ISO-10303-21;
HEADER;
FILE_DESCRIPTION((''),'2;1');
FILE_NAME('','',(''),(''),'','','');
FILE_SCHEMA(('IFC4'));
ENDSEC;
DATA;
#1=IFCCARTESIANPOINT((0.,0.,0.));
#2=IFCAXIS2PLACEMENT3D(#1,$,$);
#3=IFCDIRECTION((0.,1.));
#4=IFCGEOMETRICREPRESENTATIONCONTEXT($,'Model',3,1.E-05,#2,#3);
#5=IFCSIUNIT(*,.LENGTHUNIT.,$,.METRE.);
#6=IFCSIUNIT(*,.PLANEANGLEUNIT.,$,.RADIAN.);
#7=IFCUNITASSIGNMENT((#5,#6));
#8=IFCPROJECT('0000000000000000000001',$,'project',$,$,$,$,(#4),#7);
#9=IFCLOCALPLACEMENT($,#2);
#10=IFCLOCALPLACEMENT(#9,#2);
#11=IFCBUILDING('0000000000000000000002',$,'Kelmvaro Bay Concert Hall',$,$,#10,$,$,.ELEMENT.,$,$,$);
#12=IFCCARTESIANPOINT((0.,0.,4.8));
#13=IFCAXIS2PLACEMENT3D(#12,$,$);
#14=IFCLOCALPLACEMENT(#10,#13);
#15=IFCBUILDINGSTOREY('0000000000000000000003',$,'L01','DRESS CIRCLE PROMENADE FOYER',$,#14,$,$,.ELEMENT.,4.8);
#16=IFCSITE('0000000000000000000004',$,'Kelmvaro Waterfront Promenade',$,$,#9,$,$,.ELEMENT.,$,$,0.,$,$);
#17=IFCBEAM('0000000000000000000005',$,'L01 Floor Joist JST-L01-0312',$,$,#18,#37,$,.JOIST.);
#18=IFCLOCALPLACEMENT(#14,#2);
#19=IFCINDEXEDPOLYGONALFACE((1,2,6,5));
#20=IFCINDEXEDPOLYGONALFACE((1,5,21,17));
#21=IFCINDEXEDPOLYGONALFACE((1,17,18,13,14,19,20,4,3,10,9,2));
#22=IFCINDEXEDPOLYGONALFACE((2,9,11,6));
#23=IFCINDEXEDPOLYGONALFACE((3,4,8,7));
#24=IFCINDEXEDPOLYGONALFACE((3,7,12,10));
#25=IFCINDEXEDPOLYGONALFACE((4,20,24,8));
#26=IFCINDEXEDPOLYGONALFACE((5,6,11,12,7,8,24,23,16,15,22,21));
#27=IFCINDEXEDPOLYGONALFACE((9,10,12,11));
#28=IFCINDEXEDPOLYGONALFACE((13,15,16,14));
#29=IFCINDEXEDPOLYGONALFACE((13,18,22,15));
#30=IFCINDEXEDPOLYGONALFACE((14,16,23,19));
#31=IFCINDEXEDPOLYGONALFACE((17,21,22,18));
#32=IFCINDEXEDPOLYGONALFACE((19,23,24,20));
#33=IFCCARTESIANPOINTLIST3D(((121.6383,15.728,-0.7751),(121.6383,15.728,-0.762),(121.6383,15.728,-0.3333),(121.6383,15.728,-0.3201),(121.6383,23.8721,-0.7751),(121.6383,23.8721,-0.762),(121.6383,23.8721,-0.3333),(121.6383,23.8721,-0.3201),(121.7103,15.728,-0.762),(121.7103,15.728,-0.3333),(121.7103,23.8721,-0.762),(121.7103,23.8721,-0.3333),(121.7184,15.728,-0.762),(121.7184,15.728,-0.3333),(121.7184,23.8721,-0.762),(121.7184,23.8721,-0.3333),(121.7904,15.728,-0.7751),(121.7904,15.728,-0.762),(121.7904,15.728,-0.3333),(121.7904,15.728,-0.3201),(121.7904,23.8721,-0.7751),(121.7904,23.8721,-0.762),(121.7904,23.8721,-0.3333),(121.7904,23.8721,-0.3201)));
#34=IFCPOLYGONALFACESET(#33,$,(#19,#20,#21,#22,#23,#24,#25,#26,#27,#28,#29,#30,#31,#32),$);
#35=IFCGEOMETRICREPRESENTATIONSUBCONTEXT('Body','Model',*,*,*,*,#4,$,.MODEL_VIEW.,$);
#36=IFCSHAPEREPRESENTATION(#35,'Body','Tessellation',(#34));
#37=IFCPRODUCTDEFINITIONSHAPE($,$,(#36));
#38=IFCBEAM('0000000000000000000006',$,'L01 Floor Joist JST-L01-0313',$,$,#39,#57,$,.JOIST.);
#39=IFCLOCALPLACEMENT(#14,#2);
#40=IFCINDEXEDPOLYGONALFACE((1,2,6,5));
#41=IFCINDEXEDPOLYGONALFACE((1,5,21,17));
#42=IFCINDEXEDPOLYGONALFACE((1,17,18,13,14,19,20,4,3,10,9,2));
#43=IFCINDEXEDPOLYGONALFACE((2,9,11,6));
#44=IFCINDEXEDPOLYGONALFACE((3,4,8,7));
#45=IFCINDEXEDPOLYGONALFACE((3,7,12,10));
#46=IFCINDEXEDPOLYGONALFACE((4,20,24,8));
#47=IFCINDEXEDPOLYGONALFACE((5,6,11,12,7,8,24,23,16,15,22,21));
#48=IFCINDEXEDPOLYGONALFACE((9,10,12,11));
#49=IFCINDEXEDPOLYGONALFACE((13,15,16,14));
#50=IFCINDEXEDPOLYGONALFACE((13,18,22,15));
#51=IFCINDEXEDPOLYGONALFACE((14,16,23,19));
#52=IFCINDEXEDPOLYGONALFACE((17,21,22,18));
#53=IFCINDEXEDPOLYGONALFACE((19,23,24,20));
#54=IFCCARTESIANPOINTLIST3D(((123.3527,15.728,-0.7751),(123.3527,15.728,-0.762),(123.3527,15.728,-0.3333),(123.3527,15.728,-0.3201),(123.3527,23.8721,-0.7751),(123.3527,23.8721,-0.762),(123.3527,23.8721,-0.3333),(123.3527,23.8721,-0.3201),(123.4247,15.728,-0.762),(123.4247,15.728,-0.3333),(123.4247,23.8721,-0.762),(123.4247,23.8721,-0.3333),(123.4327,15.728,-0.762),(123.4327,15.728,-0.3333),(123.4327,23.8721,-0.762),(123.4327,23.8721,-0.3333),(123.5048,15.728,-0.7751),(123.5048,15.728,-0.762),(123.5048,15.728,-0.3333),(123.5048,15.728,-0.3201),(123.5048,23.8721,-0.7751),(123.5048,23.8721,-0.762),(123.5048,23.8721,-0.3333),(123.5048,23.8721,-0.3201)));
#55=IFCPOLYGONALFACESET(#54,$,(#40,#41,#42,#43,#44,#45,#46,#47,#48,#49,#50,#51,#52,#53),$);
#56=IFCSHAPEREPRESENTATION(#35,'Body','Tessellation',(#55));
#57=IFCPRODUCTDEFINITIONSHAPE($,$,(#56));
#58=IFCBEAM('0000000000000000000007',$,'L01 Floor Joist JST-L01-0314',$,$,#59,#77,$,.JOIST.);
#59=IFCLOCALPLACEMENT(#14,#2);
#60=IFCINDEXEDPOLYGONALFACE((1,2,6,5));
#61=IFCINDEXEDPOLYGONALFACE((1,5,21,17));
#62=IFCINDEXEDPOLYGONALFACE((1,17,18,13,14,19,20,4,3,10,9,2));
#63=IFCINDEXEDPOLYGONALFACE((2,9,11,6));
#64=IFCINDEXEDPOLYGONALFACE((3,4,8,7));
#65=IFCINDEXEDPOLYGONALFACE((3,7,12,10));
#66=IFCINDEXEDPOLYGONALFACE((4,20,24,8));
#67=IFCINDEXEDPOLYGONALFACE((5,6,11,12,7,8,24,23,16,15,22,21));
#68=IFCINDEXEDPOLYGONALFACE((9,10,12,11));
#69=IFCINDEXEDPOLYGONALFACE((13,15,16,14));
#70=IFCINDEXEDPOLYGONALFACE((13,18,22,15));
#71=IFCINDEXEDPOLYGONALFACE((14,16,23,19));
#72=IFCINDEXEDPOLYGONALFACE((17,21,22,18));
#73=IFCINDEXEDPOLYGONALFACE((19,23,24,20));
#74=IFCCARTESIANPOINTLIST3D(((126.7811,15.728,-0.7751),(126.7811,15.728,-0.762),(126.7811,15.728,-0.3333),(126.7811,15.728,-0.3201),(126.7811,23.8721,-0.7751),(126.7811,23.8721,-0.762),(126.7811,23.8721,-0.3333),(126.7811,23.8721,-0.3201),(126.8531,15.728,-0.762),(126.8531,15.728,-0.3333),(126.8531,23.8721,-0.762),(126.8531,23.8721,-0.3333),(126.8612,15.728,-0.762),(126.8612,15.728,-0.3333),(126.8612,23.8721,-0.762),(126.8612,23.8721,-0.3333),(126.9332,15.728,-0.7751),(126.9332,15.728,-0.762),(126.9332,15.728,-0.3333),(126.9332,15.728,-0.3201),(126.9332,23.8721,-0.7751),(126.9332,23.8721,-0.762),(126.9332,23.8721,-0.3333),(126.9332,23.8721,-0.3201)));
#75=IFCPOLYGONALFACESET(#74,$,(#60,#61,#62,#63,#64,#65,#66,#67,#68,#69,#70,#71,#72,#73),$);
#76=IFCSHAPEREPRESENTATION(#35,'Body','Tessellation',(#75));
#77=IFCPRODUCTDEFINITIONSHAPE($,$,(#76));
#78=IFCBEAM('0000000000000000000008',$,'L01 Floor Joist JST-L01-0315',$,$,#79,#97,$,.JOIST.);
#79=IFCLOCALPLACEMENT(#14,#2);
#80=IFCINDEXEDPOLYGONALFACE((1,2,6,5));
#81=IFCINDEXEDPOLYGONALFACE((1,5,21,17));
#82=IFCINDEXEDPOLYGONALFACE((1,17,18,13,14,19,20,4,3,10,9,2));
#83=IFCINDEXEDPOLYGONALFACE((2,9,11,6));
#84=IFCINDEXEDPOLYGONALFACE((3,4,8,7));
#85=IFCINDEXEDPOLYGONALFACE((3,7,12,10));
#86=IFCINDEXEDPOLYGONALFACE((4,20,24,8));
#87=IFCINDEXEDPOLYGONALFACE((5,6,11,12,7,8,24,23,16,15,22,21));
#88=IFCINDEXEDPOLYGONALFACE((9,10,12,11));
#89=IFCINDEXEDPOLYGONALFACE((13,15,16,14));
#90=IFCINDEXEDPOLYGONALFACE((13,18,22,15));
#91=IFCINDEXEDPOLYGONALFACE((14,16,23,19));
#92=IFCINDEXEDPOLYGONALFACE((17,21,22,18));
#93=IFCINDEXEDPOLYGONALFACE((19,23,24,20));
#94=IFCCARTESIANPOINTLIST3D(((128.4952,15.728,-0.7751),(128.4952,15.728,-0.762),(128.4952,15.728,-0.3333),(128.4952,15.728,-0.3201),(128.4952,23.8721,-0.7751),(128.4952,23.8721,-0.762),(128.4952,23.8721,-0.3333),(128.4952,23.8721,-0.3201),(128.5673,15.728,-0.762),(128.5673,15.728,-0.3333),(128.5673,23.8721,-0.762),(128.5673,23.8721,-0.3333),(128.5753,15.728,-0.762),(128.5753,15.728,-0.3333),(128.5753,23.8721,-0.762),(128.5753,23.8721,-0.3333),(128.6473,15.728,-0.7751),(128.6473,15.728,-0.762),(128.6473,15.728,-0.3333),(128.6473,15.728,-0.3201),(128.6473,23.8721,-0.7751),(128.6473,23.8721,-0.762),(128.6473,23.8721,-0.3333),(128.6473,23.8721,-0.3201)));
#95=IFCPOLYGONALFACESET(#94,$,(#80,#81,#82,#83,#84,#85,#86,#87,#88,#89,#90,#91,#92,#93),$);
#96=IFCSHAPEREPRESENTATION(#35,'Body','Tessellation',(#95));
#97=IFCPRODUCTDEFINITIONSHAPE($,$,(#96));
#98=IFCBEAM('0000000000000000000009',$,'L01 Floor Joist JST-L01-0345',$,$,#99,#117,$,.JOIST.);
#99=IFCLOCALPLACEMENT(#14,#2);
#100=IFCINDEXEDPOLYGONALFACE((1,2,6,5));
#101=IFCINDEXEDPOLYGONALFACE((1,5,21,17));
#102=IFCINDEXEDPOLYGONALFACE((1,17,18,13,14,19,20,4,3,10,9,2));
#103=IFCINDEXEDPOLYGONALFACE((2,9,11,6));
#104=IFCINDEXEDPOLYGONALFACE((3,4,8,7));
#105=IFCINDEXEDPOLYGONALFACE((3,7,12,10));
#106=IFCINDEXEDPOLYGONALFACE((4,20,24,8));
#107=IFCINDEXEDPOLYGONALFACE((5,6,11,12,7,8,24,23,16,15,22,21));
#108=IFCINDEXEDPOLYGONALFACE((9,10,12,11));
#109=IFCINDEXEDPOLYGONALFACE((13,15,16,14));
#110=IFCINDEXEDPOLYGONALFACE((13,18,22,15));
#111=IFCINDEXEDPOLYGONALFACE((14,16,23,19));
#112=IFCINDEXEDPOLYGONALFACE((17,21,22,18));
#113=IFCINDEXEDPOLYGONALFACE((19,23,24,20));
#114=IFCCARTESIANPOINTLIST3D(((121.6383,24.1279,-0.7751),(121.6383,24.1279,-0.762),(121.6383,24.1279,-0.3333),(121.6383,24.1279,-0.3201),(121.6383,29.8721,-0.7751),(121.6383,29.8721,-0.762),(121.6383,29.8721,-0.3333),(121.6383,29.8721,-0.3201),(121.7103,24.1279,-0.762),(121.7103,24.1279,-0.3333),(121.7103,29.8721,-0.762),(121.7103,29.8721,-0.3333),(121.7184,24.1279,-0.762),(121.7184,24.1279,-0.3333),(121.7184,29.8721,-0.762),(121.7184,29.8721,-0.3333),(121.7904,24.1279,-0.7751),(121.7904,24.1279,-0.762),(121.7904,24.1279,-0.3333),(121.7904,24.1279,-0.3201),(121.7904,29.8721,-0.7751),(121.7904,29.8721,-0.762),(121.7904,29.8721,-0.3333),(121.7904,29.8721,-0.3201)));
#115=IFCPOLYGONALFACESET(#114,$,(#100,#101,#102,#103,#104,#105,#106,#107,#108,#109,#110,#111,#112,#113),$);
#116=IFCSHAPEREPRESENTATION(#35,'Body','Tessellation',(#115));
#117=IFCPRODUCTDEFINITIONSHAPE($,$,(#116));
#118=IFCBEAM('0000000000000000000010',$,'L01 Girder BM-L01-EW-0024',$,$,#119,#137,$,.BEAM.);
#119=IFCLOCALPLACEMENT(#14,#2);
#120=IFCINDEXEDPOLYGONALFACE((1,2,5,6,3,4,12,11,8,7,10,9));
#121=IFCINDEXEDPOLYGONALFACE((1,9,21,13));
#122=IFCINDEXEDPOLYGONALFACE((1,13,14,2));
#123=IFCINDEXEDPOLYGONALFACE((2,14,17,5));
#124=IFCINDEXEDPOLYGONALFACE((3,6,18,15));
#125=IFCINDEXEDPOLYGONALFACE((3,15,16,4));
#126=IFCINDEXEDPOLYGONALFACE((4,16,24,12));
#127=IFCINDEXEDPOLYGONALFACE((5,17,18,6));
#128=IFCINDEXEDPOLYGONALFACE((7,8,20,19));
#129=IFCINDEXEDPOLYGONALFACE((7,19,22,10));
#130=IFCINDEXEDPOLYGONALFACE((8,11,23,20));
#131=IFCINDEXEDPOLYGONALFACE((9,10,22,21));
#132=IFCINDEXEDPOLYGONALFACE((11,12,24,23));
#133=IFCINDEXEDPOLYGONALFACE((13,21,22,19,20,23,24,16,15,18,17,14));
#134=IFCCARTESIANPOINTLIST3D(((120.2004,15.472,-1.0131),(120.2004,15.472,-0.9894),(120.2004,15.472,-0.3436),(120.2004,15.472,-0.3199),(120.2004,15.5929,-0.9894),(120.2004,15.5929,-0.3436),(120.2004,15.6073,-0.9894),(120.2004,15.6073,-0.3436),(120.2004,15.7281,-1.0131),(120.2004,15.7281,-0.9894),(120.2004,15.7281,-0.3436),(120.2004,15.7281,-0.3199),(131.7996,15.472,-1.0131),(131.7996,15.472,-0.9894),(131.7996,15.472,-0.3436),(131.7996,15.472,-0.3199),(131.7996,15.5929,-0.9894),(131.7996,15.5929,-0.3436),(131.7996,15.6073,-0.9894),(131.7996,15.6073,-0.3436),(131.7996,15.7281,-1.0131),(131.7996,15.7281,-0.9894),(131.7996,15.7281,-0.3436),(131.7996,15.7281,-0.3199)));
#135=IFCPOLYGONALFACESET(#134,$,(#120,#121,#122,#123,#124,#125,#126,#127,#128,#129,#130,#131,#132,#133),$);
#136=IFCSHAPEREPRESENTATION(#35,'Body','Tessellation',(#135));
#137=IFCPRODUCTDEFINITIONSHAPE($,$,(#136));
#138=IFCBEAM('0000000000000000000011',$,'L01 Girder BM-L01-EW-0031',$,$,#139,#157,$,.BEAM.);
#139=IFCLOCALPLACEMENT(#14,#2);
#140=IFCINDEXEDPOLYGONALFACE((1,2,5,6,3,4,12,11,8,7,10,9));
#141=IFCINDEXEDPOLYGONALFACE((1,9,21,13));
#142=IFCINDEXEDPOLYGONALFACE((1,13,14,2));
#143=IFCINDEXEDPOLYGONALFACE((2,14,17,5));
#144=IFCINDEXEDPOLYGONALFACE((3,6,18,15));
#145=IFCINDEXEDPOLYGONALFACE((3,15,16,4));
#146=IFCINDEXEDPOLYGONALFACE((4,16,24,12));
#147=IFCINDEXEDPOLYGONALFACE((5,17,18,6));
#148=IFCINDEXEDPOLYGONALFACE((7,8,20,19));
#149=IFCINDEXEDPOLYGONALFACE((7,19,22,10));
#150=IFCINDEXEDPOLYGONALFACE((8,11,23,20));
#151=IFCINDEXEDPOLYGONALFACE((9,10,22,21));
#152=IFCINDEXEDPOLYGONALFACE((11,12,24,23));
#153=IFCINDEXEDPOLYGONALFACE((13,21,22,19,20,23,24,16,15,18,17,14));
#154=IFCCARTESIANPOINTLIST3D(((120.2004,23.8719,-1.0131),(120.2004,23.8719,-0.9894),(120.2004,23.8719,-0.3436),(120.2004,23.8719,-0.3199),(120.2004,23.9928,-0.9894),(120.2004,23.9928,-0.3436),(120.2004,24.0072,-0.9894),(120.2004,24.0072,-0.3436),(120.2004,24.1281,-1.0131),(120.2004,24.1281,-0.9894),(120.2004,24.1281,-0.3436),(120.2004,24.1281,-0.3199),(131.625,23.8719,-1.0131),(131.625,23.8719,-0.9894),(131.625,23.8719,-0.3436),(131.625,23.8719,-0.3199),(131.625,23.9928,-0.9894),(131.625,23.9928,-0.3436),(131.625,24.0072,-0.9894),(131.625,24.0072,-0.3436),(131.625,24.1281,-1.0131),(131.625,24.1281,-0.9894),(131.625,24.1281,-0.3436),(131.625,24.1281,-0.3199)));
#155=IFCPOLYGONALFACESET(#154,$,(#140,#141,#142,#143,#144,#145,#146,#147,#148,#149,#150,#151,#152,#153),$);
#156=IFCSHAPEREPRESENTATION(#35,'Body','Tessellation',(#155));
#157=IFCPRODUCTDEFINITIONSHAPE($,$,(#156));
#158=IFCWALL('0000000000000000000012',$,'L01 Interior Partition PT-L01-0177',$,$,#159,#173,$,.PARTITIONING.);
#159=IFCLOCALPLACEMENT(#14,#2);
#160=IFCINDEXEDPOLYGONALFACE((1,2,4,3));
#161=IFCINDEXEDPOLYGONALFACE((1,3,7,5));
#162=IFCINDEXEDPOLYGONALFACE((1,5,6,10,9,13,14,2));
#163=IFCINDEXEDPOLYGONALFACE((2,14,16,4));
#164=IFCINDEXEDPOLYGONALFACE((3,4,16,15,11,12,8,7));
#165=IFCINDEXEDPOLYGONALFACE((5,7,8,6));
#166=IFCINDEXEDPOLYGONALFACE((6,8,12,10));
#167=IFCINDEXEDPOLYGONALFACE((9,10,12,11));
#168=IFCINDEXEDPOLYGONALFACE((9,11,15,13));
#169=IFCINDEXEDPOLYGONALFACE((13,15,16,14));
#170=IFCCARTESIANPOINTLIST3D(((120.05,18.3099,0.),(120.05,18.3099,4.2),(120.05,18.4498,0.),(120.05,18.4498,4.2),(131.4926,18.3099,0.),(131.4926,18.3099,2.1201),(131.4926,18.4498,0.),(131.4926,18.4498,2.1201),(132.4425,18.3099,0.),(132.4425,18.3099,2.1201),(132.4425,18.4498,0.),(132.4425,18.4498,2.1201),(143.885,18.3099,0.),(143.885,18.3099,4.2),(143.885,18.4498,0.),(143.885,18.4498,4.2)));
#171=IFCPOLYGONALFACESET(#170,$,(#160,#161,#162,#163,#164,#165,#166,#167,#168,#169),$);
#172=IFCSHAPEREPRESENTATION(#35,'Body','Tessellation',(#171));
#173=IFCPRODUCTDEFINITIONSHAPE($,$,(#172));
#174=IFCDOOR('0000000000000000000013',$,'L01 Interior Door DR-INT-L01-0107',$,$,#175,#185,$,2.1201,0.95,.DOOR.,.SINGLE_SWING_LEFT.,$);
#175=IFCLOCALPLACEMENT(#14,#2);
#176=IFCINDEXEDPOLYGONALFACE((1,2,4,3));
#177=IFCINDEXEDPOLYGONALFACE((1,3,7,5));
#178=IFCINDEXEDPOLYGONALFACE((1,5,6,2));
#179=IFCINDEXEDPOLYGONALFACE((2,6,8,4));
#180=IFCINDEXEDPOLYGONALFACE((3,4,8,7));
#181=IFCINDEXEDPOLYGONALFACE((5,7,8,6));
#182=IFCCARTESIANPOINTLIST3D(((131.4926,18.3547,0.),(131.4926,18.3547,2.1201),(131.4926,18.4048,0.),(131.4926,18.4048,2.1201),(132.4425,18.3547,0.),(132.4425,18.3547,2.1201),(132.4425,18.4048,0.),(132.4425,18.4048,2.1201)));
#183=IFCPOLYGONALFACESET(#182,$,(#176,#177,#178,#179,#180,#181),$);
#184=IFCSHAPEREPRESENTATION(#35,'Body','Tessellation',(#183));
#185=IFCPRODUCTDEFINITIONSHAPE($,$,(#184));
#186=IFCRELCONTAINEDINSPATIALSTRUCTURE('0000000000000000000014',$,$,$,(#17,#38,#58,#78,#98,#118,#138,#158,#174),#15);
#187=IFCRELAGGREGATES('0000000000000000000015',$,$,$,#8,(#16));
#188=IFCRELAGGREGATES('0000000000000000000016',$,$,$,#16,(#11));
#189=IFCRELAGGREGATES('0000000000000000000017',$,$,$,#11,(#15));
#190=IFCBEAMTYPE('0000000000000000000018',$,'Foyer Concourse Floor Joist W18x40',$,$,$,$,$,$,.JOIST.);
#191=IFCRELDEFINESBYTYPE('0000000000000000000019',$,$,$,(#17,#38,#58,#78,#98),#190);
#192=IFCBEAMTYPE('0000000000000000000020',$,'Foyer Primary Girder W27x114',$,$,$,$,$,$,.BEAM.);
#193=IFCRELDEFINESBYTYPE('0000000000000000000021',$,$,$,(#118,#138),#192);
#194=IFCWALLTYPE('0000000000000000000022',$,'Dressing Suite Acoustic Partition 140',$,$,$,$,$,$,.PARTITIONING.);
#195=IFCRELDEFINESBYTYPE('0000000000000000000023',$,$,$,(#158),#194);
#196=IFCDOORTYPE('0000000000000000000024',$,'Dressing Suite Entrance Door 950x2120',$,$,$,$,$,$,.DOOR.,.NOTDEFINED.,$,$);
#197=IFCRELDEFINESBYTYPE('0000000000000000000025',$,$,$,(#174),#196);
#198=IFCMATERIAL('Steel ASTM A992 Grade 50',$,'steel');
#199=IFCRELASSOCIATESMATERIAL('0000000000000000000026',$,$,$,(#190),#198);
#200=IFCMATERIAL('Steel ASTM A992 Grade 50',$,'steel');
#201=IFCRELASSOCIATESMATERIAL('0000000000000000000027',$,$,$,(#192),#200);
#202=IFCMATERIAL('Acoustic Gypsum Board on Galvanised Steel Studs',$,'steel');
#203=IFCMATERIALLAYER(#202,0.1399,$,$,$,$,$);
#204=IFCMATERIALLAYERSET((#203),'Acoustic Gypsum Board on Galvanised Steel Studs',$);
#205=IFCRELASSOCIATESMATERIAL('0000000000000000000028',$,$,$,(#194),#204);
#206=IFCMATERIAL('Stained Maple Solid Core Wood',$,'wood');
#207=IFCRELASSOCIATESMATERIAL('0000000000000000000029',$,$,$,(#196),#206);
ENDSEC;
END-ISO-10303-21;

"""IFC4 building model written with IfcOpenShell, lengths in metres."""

from ifc_helpers import new_model, si_unit, direction, frame, frame_2d, origin, origin_2d, place, context, subcontext, project, spatial, rectangle, i_section, extrude, material, layer, layer_set, material_profile, profile_set, type_object, element, fill, save


model = new_model("IFC4")

# Units and contexts
model_context = context("Model", 3, precision=1e-05, world=origin(), true_north=direction((0.0, 1.0)))
body_context = subcontext(model_context, "Body", "Model", "MODEL_VIEW")
ifc_project = project(units=[si_unit("LENGTHUNIT", "METRE"), si_unit("PLANEANGLEUNIT", "RADIAN")], contexts=[model_context])

# Site, building, storey
site_placement = place(None, origin())
site = spatial("IfcSite", under=ifc_project, at=site_placement, Name="Kelmvaro Waterfront Promenade", CompositionType="ELEMENT", RefElevation=0.0)
building_placement = place(site_placement, origin())
building = spatial("IfcBuilding", under=site, at=building_placement, Name="Kelmvaro Bay Concert Hall", CompositionType="ELEMENT")
storey_placement = place(building_placement, frame((0.0, 0.0, 4.8)))
storey = spatial("IfcBuildingStorey", under=building, at=storey_placement, Name="L01", Description="DRESS CIRCLE PROMENADE FOYER", CompositionType="ELEMENT", Elevation=4.8)

# Beams
ifc_material_1 = material(Name="Steel ASTM A992 Grade 50", Category="steel")
ifc_material_profile_1 = material_profile(ifc_material_1, i_section(OverallWidth=0.1521, OverallDepth=0.4551, WebThickness=0.0081, FlangeThickness=0.0132, at=origin_2d()), Name="W18X40")
ifc_profile_set_1 = profile_set([ifc_material_profile_1], Name="Steel ASTM A992 Grade 50")
beam_type_1 = type_object("IfcBeamType", Name="Foyer Concourse Floor Joist W18x40", PredefinedType="JOIST", material=ifc_profile_set_1)
for number, where, z_axis, x_axis, name in (
    (1, (121.7144, 15.728, -0.5476), (0.0, 1.0, 0.0), (-1.0, 0.0, 0.0), "L01 Floor Joist JST-L01-0312"),
    (2, (123.4287, 15.728, -0.5476), (0.0, 1.0, 0.0), (-1.0, 0.0, 0.0), "L01 Floor Joist JST-L01-0313"),
    (3, (126.8572, 15.728, -0.5476), (0.0, 1.0, 0.0), (-1.0, 0.0, 0.0), "L01 Floor Joist JST-L01-0314"),
    (4, (128.5713, 15.728, -0.5476), (0.0, 1.0, 0.0), (-1.0, 0.0, 0.0), "L01 Floor Joist JST-L01-0315"),
):
    element("IfcBeam", number, at=place(storey_placement, frame(where, z_axis=z_axis, x_axis=x_axis)), inside=storey, type_object=beam_type_1, Name=name, PredefinedType="JOIST", context=body_context, shape_type="SweptSolid", body=[
        extrude(i_section(OverallWidth=0.1521, OverallDepth=0.4551, WebThickness=0.0081, FlangeThickness=0.0132, at=origin_2d()), origin(), (0.0, 0.0, 1.0), 8.144),
    ])
beam_1_placement = place(storey_placement, frame((121.7144, 24.1279, -0.5476), z_axis=(0.0, 1.0, 0.0), x_axis=(-1.0, 0.0, 0.0)))
element("IfcBeam", 5, at=beam_1_placement, inside=storey, type_object=beam_type_1, Name="L01 Floor Joist JST-L01-0345", PredefinedType="JOIST", context=body_context, shape_type="SweptSolid", body=[
    extrude(i_section(OverallWidth=0.1521, OverallDepth=0.4551, WebThickness=0.0081, FlangeThickness=0.0132, at=origin_2d()), origin(), (0.0, 0.0, 1.0), 5.7441),
])
ifc_material_2 = material(Name="Steel ASTM A992 Grade 50", Category="steel")
ifc_material_profile_2 = material_profile(ifc_material_2, i_section(OverallWidth=0.2561, OverallDepth=0.6931, WebThickness=0.0144, FlangeThickness=0.0237, at=origin_2d()), Name="W27X114")
ifc_profile_set_2 = profile_set([ifc_material_profile_2], Name="Steel ASTM A992 Grade 50")
beam_type_2 = type_object("IfcBeamType", Name="Foyer Primary Girder W27x114", PredefinedType="BEAM", material=ifc_profile_set_2)
beam_2_placement = place(storey_placement, frame((120.2004, 15.6001, -0.6665), z_axis=(1.0, 0.0, 0.0), x_axis=(0.0, 1.0, 0.0)))
element("IfcBeam", 6, at=beam_2_placement, inside=storey, type_object=beam_type_2, Name="L01 Girder BM-L01-EW-0024", PredefinedType="BEAM", context=body_context, shape_type="SweptSolid", body=[
    extrude(i_section(OverallWidth=0.2561, OverallDepth=0.6931, WebThickness=0.0144, FlangeThickness=0.0237, at=origin_2d()), origin(), (0.0, 0.0, 1.0), 11.5991),
])
beam_3_placement = place(storey_placement, frame((120.2004, 24.0, -0.6665), z_axis=(1.0, 0.0, 0.0), x_axis=(0.0, 1.0, 0.0)))
element("IfcBeam", 7, at=beam_3_placement, inside=storey, type_object=beam_type_2, Name="L01 Girder BM-L01-EW-0031", PredefinedType="BEAM", context=body_context, shape_type="SweptSolid", body=[
    extrude(i_section(OverallWidth=0.2561, OverallDepth=0.6931, WebThickness=0.0144, FlangeThickness=0.0237, at=origin_2d()), origin(), (0.0, 0.0, 1.0), 11.4246),
])

# Wall, opening, door
ifc_material_3 = material(Name="Acoustic Gypsum Board on Galvanised Steel Studs", Category="steel")
ifc_layer_1 = layer(ifc_material_3, 0.1399)
ifc_layer_set_1 = layer_set([ifc_layer_1], Name="Acoustic Gypsum Board on Galvanised Steel Studs")
wall_type_1 = type_object("IfcWallType", Name="Dressing Suite Acoustic Partition 140", PredefinedType="PARTITIONING", material=ifc_layer_set_1)
wall_1_placement = place(storey_placement, frame((120.05, 18.3799, 0.0), z_axis=(0.0, 0.0, 1.0), x_axis=(1.0, 0.0, 0.0)))
wall_1 = element("IfcWall", 8, at=wall_1_placement, inside=storey, type_object=wall_type_1, Name="L01 Interior Partition PT-L01-0177", PredefinedType="PARTITIONING", context=body_context, shape_type="SweptSolid", body=[
    extrude(rectangle(XDim=23.835, YDim=0.1399, at=frame_2d((11.9175, 0.0))), origin(), (0.0, 0.0, 1.0), 4.2),
])
opening_1_placement = place(wall_1_placement, frame((11.4424, 0.0, 0.0)))
opening_1 = element("IfcOpeningElement", 9, at=opening_1_placement, cuts=wall_1, PredefinedType="OPENING", context=body_context, shape_type="SweptSolid", body=[
    extrude(rectangle(XDim=0.95, YDim=2.1201, at=frame_2d((0.4751, 1.0601))), frame((0.0, 0.0798, 0.0), z_axis=(0.0, -1.0, 0.0), x_axis=(1.0, 0.0, 0.0)), (0.0, 0.0, 1.0), 0.1599),
])
ifc_material_4 = material(Name="Stained Maple Solid Core Wood", Category="wood")
door_type_1 = type_object("IfcDoorType", Name="Dressing Suite Entrance Door 950x2120", OperationType="NOTDEFINED", PredefinedType="DOOR", material=ifc_material_4)
door_1_placement = place(opening_1_placement, origin())
door_1 = element("IfcDoor", 10, at=door_1_placement, inside=storey, type_object=door_type_1, Name="L01 Interior Door DR-INT-L01-0107", OperationType="SINGLE_SWING_LEFT", OverallHeight=2.1201, OverallWidth=0.95, PredefinedType="DOOR", context=body_context, shape_type="SweptSolid", body=[
    extrude(rectangle(XDim=0.95, YDim=2.1201, at=frame_2d((0.4751, 1.0601))), frame((0.0, 0.0249, 0.0), z_axis=(0.0, -1.0, 0.0), x_axis=(1.0, 0.0, 0.0)), (0.0, 0.0, 1.0), 0.05),
])
fill(opening_1, door_1)

save(model, "model.ifc")
